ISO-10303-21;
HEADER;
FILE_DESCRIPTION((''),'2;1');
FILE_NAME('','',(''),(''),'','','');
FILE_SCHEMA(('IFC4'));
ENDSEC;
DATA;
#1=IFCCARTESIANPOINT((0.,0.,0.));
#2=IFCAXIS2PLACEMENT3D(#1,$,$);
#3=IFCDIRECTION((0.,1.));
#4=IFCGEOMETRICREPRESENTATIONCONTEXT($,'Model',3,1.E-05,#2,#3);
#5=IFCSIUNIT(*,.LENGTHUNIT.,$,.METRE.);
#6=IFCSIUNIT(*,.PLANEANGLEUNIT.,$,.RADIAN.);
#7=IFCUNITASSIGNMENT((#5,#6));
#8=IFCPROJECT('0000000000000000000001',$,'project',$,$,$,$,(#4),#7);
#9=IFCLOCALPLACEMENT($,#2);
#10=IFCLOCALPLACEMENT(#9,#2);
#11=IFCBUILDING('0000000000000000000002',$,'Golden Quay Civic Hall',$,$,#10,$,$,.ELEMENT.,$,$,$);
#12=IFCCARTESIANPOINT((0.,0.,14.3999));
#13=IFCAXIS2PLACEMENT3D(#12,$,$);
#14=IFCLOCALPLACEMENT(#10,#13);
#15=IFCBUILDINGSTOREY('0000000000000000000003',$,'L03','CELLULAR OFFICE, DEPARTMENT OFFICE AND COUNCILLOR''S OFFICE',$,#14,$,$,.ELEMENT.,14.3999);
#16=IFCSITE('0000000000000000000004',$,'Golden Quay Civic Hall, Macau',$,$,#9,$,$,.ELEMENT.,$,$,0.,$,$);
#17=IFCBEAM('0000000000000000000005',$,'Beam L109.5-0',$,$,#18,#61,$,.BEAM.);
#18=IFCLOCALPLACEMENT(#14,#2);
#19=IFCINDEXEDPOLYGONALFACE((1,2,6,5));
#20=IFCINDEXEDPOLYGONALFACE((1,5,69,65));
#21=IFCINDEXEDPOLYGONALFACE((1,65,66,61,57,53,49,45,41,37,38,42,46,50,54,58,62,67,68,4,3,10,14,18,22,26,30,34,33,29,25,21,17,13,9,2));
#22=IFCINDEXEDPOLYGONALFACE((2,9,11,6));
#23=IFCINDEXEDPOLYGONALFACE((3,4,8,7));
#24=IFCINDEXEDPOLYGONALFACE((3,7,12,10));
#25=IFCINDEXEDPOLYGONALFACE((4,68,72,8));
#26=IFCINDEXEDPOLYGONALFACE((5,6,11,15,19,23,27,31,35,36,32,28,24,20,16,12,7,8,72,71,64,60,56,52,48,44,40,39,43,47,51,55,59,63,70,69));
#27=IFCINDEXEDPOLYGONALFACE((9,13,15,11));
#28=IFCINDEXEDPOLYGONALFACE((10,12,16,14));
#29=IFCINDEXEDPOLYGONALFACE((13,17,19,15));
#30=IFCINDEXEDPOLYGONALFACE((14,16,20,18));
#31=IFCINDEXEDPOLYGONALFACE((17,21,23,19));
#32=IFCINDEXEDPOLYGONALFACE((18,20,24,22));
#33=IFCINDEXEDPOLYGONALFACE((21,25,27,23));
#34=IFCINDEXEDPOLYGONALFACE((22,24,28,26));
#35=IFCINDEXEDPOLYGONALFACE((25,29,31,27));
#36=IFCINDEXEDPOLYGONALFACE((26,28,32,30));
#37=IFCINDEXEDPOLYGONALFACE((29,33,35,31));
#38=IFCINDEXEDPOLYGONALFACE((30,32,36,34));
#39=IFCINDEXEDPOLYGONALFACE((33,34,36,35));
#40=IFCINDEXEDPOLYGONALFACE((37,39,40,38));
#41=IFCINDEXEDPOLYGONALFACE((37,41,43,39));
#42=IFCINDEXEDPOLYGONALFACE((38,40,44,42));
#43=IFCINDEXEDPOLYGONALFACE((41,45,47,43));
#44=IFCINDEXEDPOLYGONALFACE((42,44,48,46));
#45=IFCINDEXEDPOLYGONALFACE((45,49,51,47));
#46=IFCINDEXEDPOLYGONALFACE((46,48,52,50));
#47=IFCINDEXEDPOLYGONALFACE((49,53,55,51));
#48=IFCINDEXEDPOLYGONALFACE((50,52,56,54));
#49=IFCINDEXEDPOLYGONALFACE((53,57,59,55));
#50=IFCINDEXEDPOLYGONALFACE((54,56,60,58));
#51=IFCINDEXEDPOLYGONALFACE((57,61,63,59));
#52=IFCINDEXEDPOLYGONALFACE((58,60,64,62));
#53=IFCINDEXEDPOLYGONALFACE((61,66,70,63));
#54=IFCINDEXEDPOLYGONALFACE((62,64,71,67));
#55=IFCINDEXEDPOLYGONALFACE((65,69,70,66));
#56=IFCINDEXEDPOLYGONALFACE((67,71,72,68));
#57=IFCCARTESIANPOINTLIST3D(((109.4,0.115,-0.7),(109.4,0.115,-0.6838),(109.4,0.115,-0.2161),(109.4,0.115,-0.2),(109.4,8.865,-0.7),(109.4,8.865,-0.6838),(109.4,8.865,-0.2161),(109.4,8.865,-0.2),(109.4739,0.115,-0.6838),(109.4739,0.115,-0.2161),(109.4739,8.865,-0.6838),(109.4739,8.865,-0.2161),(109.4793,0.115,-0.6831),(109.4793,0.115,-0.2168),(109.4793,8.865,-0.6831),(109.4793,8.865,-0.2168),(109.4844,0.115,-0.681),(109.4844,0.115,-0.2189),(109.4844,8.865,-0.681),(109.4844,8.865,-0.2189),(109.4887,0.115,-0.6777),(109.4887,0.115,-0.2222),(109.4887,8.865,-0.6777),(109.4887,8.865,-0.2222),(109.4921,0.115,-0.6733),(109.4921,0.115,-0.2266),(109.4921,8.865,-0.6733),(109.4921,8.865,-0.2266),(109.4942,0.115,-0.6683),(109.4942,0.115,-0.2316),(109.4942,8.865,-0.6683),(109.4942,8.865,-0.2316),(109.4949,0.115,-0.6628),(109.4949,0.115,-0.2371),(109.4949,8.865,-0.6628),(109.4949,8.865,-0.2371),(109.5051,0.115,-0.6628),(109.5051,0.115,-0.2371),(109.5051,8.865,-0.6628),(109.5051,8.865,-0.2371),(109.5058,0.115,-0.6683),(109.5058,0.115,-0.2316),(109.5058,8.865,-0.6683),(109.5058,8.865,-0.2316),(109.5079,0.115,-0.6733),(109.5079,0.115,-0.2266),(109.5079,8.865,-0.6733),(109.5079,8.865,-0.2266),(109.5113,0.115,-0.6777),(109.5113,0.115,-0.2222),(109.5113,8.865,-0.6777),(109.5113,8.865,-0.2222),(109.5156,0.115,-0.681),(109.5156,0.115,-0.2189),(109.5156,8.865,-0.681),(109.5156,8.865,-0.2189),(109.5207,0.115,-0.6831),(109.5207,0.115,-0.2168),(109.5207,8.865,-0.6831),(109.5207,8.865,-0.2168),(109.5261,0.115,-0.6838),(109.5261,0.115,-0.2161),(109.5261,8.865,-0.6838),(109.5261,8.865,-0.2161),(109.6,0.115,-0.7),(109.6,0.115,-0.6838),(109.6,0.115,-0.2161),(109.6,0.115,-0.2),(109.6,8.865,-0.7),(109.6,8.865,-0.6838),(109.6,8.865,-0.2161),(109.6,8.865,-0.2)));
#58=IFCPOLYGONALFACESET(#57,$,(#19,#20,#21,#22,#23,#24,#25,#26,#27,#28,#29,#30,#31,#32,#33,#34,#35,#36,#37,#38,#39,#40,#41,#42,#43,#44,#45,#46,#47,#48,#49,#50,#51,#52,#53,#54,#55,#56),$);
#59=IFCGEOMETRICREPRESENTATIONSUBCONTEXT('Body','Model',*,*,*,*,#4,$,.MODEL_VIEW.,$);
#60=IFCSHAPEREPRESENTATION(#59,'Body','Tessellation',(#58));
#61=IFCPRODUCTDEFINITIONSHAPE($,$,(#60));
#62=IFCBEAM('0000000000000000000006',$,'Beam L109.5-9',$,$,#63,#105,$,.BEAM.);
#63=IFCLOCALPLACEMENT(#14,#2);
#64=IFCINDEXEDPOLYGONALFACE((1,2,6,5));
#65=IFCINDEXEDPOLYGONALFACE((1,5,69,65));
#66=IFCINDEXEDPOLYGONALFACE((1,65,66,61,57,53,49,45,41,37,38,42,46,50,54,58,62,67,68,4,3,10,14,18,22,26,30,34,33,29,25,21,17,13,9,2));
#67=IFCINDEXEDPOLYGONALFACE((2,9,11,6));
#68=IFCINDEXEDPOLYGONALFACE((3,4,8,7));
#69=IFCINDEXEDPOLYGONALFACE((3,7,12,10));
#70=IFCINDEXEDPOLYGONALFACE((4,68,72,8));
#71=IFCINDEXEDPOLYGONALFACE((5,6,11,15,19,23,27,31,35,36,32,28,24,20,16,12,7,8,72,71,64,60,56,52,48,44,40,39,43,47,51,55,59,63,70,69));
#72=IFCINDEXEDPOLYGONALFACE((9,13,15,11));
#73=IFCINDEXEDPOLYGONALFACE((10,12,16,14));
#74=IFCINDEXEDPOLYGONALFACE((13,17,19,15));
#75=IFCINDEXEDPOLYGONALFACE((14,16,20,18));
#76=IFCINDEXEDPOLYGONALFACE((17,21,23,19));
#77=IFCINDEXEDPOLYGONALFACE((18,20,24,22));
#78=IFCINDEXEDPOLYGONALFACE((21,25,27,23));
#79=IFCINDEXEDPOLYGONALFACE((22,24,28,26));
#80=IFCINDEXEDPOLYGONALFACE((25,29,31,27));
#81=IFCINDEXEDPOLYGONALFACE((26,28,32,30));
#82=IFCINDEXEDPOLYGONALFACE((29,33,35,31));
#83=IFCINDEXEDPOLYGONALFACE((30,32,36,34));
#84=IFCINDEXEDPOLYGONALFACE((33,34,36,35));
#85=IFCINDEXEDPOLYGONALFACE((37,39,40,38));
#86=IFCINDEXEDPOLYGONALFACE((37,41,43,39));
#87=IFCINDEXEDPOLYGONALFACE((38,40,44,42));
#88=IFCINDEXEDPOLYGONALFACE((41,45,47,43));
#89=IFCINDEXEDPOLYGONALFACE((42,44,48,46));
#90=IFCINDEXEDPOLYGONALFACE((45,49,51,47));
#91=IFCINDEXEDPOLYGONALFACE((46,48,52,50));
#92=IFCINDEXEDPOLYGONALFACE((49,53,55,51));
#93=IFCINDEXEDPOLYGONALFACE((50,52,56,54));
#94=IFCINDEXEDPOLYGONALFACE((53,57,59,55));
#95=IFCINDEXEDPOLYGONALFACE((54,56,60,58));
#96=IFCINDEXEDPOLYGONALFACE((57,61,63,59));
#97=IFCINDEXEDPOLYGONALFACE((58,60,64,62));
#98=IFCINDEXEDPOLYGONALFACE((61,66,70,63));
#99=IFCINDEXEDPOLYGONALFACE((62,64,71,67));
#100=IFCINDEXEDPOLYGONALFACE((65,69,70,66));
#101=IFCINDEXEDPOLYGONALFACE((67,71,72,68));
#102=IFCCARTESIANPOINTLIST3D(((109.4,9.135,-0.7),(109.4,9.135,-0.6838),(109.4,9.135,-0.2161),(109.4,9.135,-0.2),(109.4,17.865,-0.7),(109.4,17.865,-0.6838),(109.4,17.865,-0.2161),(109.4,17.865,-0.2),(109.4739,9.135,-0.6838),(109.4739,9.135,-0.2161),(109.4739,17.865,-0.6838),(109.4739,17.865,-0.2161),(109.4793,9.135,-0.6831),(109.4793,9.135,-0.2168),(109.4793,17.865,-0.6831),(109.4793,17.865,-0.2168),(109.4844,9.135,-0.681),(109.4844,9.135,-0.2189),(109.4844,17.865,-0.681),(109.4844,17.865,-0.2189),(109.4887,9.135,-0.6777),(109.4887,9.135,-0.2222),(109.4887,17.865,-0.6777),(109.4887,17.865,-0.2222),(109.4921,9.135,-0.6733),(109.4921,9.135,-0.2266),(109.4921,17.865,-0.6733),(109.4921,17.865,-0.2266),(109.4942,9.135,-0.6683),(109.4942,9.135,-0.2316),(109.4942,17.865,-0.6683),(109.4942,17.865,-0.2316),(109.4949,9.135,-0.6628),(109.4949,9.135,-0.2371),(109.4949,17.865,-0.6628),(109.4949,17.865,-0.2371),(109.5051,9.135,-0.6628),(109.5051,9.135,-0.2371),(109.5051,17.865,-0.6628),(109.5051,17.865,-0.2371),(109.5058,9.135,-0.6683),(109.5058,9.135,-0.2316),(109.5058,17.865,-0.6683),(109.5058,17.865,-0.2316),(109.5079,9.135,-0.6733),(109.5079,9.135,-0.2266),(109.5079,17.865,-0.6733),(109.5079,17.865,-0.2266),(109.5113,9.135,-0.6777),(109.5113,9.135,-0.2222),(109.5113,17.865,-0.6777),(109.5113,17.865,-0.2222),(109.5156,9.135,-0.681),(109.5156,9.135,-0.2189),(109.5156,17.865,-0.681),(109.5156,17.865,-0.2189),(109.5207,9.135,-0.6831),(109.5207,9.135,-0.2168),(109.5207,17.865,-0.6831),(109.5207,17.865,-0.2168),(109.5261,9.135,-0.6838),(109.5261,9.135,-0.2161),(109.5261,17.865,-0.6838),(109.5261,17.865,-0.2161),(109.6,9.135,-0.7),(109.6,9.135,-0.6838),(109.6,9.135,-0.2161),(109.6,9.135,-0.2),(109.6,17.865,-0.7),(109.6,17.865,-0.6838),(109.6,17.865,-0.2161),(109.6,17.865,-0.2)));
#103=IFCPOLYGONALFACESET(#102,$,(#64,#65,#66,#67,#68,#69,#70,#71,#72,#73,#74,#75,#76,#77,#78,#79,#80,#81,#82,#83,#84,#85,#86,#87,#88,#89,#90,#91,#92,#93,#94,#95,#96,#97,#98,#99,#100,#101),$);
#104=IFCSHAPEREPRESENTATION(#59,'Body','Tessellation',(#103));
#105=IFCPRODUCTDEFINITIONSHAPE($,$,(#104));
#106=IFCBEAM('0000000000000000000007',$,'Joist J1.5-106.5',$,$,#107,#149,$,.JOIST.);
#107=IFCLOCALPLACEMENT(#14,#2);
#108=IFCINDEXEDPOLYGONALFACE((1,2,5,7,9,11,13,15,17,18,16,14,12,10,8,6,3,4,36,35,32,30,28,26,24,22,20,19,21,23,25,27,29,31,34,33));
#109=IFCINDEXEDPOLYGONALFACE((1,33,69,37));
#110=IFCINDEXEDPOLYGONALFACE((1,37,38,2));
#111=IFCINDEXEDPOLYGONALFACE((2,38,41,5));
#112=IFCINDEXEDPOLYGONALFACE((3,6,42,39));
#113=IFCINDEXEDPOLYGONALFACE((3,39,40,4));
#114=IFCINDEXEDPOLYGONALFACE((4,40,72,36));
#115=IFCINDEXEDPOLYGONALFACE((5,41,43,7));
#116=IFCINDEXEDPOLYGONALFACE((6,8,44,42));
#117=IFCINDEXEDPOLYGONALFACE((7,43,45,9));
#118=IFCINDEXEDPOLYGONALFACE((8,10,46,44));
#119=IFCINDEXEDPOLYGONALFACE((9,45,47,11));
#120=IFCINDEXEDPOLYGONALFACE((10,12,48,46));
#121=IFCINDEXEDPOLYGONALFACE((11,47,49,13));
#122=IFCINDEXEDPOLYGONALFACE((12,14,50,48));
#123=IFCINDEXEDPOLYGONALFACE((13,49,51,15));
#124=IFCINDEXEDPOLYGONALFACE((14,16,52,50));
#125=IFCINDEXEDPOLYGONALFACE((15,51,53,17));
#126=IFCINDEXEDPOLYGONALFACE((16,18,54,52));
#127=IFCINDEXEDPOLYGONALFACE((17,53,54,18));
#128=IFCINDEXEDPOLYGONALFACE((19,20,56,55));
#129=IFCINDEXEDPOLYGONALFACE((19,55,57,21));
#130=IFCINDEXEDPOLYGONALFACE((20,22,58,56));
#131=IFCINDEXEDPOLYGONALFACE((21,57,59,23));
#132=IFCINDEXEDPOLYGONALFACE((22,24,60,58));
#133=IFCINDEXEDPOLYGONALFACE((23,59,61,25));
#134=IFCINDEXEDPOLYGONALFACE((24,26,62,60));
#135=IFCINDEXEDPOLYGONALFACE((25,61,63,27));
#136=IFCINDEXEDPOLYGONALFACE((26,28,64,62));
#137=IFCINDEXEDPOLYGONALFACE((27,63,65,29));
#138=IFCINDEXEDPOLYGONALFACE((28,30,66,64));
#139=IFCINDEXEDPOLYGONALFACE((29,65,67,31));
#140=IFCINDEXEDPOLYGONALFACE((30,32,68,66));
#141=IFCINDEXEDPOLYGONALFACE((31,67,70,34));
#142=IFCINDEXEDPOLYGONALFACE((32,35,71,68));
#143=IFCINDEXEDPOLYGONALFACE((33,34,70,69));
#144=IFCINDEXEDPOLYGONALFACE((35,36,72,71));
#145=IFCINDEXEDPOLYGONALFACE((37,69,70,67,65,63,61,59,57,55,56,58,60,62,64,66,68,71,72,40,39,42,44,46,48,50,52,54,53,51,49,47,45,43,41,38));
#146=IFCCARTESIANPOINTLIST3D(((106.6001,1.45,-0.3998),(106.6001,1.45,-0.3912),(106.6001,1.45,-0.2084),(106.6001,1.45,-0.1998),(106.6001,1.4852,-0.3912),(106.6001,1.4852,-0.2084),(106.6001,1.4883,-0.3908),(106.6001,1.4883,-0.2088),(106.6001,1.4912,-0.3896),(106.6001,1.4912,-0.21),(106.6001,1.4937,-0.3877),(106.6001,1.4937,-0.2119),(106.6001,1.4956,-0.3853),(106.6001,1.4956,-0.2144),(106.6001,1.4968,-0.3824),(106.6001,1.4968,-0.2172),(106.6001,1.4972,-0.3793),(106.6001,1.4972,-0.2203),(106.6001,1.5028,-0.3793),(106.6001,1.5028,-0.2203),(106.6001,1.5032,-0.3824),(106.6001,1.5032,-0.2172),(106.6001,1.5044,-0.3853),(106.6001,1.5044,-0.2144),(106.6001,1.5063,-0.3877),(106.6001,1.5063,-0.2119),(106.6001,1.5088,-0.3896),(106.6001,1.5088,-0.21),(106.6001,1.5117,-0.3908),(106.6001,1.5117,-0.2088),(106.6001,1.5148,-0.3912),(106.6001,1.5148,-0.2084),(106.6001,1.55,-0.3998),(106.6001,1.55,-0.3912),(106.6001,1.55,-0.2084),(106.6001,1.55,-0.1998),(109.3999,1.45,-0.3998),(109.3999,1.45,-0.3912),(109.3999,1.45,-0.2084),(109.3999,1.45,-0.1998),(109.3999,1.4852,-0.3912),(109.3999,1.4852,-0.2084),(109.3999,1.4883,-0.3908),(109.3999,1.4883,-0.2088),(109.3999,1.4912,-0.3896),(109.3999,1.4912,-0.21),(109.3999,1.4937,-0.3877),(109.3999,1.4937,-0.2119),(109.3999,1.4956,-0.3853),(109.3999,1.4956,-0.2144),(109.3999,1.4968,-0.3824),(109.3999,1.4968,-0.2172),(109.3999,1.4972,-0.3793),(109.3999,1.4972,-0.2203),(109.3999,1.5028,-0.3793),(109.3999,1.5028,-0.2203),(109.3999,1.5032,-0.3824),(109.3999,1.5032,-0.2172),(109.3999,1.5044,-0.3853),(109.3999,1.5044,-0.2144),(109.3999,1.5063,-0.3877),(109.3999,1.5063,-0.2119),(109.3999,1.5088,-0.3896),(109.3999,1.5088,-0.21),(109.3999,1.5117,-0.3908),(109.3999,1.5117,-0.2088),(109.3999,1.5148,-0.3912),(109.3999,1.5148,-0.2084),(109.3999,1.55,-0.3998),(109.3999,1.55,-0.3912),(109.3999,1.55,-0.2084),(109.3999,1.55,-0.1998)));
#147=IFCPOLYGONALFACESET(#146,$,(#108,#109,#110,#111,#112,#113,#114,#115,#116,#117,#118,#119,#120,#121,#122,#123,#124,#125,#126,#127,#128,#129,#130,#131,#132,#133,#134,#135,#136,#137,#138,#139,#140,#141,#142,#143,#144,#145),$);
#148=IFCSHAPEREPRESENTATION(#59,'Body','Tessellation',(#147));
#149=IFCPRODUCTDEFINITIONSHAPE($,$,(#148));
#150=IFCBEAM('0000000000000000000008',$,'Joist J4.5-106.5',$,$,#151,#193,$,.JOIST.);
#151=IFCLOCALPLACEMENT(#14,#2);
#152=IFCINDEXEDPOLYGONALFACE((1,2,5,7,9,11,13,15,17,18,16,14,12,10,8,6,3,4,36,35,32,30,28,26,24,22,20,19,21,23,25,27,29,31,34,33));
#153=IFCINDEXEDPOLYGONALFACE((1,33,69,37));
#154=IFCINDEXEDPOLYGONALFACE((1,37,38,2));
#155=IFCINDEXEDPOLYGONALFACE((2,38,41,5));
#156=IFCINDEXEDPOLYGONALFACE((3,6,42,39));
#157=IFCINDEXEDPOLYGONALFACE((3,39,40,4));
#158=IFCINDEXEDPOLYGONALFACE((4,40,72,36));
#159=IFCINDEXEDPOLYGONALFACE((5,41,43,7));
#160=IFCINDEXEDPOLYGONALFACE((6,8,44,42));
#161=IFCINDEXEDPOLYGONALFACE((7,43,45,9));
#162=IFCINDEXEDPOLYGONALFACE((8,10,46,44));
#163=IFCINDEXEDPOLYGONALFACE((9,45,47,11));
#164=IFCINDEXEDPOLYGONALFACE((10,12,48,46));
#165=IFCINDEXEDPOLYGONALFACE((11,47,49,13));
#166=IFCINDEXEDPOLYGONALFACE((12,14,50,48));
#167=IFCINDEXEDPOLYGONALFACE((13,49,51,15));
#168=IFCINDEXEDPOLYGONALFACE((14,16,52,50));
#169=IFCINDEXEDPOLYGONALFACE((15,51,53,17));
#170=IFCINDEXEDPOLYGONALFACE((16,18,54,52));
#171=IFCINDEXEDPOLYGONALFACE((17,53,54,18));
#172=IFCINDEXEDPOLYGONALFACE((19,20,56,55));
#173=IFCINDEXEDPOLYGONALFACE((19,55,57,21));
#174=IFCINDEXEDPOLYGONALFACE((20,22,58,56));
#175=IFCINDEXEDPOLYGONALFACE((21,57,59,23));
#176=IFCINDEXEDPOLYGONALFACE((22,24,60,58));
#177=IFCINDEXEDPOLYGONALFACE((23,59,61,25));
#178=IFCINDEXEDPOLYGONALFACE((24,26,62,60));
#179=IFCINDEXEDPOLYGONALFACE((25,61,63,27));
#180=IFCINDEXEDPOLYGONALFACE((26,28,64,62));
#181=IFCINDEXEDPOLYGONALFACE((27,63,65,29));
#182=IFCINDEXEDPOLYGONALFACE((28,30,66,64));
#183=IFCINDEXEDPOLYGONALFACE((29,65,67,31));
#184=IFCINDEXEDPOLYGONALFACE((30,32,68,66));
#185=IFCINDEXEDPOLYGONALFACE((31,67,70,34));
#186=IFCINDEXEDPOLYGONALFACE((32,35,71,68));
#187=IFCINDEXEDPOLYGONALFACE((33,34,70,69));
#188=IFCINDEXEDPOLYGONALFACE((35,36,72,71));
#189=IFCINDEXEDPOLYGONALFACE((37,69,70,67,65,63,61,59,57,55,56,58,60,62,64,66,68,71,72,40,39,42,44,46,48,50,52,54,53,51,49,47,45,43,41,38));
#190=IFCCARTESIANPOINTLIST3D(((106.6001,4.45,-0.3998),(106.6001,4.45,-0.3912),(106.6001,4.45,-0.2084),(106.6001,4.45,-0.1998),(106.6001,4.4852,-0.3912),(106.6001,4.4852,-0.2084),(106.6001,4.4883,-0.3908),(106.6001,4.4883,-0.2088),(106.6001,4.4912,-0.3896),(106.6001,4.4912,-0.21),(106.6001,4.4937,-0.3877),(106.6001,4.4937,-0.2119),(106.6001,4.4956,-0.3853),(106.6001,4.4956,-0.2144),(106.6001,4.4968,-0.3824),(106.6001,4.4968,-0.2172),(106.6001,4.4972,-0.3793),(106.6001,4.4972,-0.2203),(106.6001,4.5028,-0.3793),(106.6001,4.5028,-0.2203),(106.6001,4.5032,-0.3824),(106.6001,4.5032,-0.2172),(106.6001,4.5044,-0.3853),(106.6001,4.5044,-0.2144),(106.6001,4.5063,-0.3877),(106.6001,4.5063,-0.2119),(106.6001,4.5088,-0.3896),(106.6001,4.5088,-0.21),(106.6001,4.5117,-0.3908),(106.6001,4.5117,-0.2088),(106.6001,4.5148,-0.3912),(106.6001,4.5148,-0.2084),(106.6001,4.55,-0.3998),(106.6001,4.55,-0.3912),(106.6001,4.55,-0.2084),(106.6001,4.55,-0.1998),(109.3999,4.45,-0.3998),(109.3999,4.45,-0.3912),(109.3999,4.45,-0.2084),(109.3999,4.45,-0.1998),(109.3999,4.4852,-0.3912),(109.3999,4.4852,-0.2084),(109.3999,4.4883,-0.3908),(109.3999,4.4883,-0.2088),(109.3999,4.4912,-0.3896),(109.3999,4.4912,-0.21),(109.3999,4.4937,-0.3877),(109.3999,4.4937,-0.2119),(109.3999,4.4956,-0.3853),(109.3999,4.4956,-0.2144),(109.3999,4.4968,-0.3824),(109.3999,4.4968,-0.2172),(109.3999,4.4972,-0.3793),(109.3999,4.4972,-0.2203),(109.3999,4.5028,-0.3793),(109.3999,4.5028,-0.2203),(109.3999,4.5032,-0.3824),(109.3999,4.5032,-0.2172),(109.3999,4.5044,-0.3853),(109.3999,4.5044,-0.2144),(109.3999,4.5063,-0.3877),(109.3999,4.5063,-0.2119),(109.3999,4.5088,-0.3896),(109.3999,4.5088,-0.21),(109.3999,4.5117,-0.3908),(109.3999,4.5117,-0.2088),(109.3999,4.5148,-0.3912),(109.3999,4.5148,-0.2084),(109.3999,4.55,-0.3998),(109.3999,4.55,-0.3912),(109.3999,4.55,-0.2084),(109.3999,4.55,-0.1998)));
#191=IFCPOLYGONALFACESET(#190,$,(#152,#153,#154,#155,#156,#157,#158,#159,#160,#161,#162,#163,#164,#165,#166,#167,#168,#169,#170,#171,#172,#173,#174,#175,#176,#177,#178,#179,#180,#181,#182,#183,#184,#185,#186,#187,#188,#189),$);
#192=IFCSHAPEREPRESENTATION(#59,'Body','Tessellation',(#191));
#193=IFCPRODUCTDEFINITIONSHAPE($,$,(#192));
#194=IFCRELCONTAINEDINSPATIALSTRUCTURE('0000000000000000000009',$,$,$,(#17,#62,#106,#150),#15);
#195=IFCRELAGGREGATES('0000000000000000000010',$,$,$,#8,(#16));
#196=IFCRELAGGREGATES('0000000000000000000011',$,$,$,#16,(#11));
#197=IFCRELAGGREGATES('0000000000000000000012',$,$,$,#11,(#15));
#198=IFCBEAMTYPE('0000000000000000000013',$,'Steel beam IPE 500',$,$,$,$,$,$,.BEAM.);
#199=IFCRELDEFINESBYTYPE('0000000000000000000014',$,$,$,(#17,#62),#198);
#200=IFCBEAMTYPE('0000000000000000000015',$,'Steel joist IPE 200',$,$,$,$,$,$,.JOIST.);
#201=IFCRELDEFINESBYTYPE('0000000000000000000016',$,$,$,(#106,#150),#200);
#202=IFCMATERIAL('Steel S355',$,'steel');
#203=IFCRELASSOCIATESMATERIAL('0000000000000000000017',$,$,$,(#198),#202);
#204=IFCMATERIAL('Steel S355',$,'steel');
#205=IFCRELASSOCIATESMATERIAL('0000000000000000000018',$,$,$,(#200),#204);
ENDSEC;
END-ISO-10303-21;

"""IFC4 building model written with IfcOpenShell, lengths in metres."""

from ifc_helpers import new_model, si_unit, direction, frame, origin, origin_2d, place, context, subcontext, project, spatial, i_section, extrude, material, material_profile, profile_set, type_object, element, save


model = new_model("IFC4")

# Units and contexts
model_context = context("Model", 3, precision=1e-05, world=origin(), true_north=direction((0.0, 1.0)))
body_context = subcontext(model_context, "Body", "Model", "MODEL_VIEW")
ifc_project = project(units=[si_unit("LENGTHUNIT", "METRE"), si_unit("PLANEANGLEUNIT", "RADIAN")], contexts=[model_context])

# Site, building, storey
site_placement = place(None, origin())
site = spatial("IfcSite", under=ifc_project, at=site_placement, Name="Golden Quay Civic Hall, Macau", CompositionType="ELEMENT", RefElevation=0.0)
building_placement = place(site_placement, origin())
building = spatial("IfcBuilding", under=site, at=building_placement, Name="Golden Quay Civic Hall", CompositionType="ELEMENT")
storey_placement = place(building_placement, frame((0.0, 0.0, 14.3999)))
storey = spatial("IfcBuildingStorey", under=building, at=storey_placement, Name="L03", Description="CELLULAR OFFICE, DEPARTMENT OFFICE AND COUNCILLOR'S OFFICE", CompositionType="ELEMENT", Elevation=14.3999)

# Beams
ifc_material_1 = material(Name="Steel S355", Category="steel")
ifc_material_profile_1 = material_profile(ifc_material_1, i_section(OverallWidth=0.2, OverallDepth=0.5, WebThickness=0.0103, FlangeThickness=0.0161, FilletRadius=0.021, at=origin_2d()), Name="IPE 500")
ifc_profile_set_1 = profile_set([ifc_material_profile_1], Name="Steel S355")
beam_type_1 = type_object("IfcBeamType", Name="Steel beam IPE 500", PredefinedType="BEAM", material=ifc_profile_set_1)
beam_1_placement = place(storey_placement, frame((109.5, 0.115, -0.45), z_axis=(0.0, 1.0, 0.0), x_axis=(-1.0, 0.0, 0.0)))
element("IfcBeam", 1, at=beam_1_placement, inside=storey, type_object=beam_type_1, Name="Beam L109.5-0", PredefinedType="BEAM", context=body_context, shape_type="SweptSolid", body=[
    extrude(i_section(OverallWidth=0.2, OverallDepth=0.5, WebThickness=0.0103, FlangeThickness=0.0161, FilletRadius=0.021, at=origin_2d()), origin(), (0.0, 0.0, 1.0), 8.75),
])
beam_2_placement = place(storey_placement, frame((109.5, 9.135, -0.45), z_axis=(0.0, 1.0, 0.0), x_axis=(-1.0, 0.0, 0.0)))
element("IfcBeam", 2, at=beam_2_placement, inside=storey, type_object=beam_type_1, Name="Beam L109.5-9", PredefinedType="BEAM", context=body_context, shape_type="SweptSolid", body=[
    extrude(i_section(OverallWidth=0.2, OverallDepth=0.5, WebThickness=0.0103, FlangeThickness=0.0161, FilletRadius=0.021, at=origin_2d()), origin(), (0.0, 0.0, 1.0), 8.73),
])
ifc_material_2 = material(Name="Steel S355", Category="steel")
ifc_material_profile_2 = material_profile(ifc_material_2, i_section(OverallWidth=0.1001, OverallDepth=0.2, WebThickness=0.0056, FlangeThickness=0.0085, FilletRadius=0.012, at=origin_2d()), Name="IPE 200")
ifc_profile_set_2 = profile_set([ifc_material_profile_2], Name="Steel S355")
beam_type_2 = type_object("IfcBeamType", Name="Steel joist IPE 200", PredefinedType="JOIST", material=ifc_profile_set_2)
for number, where, z_axis, x_axis, name in (
    (3, (106.6001, 1.5, -0.2998), (1.0, 0.0, 0.0), (0.0, 1.0, 0.0), "Joist J1.5-106.5"),
    (4, (106.6001, 4.5, -0.2998), (1.0, 0.0, 0.0), (0.0, 1.0, 0.0), "Joist J4.5-106.5"),
):
    element("IfcBeam", number, at=place(storey_placement, frame(where, z_axis=z_axis, x_axis=x_axis)), inside=storey, type_object=beam_type_2, Name=name, PredefinedType="JOIST", context=body_context, shape_type="SweptSolid", body=[
        extrude(i_section(OverallWidth=0.1001, OverallDepth=0.2, WebThickness=0.0056, FlangeThickness=0.0085, FilletRadius=0.012, at=origin_2d()), origin(), (0.0, 0.0, 1.0), 2.7998),
    ])

save(model, "model.ifc")
